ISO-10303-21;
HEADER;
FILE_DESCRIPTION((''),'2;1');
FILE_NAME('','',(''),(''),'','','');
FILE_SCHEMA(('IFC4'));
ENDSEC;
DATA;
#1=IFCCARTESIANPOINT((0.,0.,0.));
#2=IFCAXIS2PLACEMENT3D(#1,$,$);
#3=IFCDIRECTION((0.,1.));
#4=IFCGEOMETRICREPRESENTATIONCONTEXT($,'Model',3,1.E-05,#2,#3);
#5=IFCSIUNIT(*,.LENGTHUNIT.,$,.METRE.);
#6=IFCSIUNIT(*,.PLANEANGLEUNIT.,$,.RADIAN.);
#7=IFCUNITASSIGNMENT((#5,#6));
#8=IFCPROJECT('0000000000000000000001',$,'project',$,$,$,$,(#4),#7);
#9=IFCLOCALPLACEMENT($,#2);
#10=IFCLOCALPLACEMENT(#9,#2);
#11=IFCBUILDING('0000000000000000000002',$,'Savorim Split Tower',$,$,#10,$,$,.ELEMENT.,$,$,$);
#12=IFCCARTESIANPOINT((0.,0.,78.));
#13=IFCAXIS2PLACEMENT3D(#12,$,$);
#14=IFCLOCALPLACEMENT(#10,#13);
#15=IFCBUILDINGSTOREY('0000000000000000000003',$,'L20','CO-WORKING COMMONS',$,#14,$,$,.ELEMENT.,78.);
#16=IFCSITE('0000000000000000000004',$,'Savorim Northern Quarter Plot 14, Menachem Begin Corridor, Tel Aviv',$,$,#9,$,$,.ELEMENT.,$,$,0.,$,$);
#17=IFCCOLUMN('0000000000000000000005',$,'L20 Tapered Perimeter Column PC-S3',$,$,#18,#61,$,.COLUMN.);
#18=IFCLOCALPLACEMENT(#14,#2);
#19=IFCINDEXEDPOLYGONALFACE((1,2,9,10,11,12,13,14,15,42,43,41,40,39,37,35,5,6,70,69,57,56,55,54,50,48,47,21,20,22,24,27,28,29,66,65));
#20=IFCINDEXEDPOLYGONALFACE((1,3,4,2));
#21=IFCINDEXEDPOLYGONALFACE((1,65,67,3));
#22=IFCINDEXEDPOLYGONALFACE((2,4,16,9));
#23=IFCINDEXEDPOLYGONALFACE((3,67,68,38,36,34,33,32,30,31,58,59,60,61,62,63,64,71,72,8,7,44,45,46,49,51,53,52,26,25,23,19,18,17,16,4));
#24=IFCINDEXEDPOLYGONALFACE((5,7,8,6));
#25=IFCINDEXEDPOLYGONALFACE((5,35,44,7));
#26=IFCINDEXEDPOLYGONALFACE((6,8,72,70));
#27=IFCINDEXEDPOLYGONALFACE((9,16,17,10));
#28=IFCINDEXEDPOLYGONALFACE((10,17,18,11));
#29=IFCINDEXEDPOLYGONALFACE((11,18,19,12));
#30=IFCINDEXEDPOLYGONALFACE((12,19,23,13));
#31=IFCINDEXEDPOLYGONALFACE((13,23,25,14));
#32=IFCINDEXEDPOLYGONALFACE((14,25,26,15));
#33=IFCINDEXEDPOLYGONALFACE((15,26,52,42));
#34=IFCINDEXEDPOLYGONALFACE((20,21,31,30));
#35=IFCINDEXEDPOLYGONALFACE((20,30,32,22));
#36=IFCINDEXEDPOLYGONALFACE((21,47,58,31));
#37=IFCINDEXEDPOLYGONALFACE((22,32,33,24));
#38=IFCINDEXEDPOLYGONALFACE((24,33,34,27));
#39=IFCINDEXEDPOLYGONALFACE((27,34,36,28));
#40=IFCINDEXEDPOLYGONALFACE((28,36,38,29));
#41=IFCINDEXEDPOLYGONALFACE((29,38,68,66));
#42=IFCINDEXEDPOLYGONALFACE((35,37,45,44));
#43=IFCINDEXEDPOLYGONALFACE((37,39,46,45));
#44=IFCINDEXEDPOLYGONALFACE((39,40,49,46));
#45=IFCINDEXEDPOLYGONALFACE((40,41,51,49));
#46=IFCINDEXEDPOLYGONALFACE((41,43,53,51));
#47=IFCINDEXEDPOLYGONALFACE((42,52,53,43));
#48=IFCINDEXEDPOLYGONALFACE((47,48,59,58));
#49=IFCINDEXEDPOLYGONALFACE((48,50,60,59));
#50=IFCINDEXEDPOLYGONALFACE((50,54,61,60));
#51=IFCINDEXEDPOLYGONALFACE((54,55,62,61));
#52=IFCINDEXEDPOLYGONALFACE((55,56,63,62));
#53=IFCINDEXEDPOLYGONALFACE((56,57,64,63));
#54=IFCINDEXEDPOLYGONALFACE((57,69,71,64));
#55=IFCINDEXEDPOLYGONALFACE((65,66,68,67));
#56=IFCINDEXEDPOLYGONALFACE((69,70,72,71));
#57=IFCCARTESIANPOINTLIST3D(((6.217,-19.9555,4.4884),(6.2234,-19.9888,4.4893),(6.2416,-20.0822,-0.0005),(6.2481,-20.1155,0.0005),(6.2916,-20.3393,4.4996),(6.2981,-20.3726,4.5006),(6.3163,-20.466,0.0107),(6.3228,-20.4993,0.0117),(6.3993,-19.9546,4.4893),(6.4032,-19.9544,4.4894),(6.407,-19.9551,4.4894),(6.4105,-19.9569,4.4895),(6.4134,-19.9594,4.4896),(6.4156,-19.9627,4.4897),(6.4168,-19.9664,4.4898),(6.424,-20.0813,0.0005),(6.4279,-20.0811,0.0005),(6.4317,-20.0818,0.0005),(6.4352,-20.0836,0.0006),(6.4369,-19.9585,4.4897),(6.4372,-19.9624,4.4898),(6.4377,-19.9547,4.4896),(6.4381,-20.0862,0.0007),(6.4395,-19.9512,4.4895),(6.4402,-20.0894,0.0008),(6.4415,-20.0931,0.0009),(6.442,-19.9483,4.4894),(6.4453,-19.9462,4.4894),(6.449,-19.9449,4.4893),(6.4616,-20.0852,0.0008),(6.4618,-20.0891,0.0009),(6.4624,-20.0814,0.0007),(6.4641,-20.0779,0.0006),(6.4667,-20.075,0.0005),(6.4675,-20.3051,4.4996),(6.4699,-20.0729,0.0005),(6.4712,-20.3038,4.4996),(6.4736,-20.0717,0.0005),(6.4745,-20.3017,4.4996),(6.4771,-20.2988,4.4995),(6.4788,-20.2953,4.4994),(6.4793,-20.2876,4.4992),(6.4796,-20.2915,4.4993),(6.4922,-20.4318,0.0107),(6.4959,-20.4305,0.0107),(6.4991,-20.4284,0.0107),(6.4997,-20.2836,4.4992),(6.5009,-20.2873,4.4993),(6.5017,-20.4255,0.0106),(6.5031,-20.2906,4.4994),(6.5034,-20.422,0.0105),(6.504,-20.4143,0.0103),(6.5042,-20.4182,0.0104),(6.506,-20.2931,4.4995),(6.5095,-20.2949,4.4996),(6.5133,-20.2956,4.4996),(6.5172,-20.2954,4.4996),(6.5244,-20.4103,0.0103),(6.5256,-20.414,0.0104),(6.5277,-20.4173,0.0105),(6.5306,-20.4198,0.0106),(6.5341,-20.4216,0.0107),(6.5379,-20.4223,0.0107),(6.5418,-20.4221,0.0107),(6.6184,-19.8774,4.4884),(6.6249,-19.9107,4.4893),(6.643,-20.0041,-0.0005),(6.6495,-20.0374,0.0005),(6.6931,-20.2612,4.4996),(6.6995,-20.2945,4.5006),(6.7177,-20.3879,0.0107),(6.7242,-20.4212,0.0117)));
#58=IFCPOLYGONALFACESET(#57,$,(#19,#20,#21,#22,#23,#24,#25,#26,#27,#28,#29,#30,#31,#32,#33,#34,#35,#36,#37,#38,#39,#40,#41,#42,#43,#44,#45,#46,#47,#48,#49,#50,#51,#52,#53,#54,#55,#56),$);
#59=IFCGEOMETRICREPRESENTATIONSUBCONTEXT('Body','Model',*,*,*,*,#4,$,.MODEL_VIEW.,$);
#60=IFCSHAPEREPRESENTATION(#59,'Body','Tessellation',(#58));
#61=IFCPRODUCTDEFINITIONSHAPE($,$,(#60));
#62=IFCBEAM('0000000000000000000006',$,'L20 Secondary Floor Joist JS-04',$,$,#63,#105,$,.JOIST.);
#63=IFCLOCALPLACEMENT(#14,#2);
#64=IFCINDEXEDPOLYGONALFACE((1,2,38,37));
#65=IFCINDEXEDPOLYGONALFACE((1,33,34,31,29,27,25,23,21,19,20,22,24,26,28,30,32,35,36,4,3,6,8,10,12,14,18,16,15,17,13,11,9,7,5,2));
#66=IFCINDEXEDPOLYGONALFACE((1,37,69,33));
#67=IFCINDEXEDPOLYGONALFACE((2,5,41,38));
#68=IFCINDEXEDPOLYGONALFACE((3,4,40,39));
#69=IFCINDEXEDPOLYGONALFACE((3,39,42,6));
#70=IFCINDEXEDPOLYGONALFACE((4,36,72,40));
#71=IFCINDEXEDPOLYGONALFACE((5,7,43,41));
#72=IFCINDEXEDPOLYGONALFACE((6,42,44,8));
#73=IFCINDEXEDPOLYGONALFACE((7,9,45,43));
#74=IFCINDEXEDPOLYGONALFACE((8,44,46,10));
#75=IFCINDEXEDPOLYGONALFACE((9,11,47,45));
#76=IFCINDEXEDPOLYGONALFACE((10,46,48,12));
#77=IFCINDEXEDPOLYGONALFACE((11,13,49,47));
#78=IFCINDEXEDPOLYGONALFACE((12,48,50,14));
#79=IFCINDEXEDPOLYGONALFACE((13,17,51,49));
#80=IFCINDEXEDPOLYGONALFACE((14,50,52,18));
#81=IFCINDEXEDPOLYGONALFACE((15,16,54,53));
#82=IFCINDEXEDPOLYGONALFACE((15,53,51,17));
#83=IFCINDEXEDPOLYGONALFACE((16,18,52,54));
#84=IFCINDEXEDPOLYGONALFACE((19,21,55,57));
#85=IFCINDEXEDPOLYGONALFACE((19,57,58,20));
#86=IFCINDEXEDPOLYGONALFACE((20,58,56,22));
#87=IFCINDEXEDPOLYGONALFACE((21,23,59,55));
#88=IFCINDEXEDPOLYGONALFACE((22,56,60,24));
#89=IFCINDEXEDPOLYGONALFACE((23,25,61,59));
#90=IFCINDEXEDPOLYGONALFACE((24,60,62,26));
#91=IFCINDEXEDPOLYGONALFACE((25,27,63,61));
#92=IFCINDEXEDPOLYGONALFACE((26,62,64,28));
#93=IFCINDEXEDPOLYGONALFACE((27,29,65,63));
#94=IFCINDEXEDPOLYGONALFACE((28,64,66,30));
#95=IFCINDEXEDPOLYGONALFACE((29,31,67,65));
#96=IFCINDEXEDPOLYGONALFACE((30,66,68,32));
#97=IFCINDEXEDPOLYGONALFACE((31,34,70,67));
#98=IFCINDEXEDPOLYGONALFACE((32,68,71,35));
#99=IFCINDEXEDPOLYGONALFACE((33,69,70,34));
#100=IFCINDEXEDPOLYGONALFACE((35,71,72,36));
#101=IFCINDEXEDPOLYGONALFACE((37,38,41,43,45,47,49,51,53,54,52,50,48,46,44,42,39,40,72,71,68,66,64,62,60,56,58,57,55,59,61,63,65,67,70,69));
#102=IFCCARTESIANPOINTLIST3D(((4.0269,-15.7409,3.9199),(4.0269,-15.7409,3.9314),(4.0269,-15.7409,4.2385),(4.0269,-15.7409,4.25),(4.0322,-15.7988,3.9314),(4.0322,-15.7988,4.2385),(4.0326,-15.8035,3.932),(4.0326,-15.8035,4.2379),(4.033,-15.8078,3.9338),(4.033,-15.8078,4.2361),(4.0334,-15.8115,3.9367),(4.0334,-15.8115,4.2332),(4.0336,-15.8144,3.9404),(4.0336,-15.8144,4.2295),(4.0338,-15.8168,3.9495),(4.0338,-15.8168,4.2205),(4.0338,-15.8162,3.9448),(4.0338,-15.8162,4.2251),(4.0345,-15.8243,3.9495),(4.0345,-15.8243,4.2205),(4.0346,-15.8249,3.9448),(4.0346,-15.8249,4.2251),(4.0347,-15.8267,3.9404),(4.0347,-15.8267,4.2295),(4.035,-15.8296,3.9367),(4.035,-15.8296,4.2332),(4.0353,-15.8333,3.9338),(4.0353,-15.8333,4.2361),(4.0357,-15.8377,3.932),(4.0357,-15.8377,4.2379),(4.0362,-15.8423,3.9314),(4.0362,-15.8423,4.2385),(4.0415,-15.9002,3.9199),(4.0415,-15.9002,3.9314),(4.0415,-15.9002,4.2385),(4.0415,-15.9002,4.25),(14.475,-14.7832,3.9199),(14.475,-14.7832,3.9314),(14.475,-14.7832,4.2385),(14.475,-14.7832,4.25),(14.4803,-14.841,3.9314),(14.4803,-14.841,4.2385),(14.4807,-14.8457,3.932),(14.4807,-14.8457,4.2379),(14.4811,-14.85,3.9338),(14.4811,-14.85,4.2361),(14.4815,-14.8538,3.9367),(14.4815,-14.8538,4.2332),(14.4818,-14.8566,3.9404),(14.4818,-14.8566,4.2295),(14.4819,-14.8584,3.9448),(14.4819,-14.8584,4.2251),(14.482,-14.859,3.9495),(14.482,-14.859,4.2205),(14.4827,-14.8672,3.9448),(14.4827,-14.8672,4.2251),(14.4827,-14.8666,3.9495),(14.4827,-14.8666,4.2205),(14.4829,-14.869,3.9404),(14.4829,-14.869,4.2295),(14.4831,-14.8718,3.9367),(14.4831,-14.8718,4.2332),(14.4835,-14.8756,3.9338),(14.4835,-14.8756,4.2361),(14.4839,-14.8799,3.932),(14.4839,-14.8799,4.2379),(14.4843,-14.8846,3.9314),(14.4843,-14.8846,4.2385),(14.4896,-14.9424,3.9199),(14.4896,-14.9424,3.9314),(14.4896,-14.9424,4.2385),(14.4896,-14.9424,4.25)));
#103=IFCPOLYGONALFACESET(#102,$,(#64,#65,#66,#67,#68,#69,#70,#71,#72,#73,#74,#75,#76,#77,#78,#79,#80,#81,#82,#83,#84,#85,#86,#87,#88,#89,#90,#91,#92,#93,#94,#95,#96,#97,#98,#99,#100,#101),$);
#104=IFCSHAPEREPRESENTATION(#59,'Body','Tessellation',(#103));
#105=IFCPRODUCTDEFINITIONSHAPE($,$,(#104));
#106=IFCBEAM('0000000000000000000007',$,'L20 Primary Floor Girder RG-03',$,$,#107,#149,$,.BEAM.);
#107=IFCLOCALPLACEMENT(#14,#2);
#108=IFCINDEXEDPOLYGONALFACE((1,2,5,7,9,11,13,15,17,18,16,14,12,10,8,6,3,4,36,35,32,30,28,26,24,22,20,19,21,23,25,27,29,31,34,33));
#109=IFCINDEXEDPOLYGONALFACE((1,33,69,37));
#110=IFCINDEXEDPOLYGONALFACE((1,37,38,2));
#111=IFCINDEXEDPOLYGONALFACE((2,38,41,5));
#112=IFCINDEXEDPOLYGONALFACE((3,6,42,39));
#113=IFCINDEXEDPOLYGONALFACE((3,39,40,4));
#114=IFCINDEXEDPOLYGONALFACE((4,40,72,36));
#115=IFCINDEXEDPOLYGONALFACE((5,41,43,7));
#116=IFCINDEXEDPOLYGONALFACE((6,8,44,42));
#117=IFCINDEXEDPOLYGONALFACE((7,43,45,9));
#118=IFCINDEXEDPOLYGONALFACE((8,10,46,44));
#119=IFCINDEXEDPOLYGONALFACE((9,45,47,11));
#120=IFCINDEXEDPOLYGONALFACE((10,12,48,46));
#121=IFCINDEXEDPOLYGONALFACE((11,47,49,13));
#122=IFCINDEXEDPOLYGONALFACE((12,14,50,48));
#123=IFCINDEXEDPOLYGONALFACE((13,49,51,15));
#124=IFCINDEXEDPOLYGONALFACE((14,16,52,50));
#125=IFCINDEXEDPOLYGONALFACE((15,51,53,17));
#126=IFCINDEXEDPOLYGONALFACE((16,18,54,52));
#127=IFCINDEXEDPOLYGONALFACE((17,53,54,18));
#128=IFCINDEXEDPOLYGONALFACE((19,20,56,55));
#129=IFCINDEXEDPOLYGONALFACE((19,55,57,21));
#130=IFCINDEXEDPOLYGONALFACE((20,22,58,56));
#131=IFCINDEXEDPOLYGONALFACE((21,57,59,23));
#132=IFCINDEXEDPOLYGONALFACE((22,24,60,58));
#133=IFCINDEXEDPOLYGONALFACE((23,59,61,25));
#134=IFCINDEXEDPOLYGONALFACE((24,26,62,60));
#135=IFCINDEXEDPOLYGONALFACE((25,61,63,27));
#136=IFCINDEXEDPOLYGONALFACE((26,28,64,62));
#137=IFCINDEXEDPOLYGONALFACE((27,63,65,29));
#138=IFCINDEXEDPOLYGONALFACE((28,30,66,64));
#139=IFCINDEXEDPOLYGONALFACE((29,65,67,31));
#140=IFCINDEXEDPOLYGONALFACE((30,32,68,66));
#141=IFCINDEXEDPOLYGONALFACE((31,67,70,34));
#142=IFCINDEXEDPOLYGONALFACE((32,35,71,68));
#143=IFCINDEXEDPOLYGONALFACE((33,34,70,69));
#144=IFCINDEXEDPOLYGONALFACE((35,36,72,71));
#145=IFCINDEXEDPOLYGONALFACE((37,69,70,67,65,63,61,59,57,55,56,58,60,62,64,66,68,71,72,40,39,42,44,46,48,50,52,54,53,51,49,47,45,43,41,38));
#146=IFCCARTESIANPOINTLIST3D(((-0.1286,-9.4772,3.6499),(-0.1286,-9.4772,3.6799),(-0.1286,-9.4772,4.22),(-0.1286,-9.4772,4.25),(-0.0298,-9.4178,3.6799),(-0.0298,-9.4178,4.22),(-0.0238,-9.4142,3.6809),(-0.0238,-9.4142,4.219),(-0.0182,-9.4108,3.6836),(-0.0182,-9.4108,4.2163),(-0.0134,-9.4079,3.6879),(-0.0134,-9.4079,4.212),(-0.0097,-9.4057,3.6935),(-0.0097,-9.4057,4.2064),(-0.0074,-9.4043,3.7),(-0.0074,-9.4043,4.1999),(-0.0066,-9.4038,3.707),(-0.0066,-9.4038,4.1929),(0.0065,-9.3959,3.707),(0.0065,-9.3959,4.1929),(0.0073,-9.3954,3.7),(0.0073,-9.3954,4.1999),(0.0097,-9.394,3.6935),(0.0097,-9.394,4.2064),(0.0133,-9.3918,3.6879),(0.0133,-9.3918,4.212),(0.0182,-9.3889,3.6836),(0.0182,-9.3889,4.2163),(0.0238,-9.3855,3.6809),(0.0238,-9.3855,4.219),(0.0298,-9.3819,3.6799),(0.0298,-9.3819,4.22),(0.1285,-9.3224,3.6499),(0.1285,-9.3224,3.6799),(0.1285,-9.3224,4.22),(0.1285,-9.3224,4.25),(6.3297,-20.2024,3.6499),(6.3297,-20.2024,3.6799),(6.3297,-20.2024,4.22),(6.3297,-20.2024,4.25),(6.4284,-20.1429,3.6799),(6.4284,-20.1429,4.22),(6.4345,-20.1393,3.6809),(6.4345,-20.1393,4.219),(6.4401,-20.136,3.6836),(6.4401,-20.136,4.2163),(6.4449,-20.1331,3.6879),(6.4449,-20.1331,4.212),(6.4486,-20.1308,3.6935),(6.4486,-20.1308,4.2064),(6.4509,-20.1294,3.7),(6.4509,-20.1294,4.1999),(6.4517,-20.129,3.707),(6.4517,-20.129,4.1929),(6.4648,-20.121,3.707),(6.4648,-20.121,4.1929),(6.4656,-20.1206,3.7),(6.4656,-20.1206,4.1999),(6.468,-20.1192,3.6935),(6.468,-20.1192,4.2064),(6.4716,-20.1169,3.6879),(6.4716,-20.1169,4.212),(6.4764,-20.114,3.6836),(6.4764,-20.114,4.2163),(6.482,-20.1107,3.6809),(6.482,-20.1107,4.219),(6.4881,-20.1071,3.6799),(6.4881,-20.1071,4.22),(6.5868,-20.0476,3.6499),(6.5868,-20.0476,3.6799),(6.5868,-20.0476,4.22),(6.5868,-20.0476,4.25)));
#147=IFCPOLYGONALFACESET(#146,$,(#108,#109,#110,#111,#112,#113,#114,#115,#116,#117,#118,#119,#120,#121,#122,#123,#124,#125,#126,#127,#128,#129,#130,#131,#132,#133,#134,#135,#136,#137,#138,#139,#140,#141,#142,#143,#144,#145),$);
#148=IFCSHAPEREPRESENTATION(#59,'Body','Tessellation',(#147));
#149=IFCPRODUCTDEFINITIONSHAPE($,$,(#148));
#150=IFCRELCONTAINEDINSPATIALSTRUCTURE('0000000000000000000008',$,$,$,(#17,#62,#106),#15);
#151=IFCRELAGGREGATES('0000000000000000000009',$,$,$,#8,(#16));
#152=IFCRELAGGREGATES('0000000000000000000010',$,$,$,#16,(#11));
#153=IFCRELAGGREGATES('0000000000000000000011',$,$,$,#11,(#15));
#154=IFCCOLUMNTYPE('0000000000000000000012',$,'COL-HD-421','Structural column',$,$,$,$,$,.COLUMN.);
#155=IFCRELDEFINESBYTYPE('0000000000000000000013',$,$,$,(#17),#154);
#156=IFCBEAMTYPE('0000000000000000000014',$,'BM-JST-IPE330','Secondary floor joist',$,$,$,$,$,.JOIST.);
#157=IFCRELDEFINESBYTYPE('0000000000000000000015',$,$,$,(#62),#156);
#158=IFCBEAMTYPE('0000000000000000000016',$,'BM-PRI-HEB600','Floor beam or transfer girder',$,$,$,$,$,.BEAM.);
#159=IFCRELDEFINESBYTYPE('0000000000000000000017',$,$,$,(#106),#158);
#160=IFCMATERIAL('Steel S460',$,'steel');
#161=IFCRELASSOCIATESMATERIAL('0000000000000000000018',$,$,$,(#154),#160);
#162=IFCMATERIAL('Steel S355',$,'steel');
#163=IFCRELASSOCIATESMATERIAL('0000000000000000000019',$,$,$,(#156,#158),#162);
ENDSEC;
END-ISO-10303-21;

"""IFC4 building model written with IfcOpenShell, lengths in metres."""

from ifc_helpers import new_model, si_unit, direction, frame, origin, origin_2d, place, context, subcontext, project, spatial, i_section, extrude, material, material_profile, profile_set, type_object, element, save


model = new_model("IFC4")

# Units and contexts
model_context = context("Model", 3, precision=1e-05, world=origin(), true_north=direction((0.0, 1.0)))
body_context = subcontext(model_context, "Body", "Model", "MODEL_VIEW")
ifc_project = project(units=[si_unit("LENGTHUNIT", "METRE"), si_unit("PLANEANGLEUNIT", "RADIAN")], contexts=[model_context])

# Site, building, storey
site_placement = place(None, origin())
site = spatial("IfcSite", under=ifc_project, at=site_placement, Name="Savorim Northern Quarter Plot 14, Menachem Begin Corridor, Tel Aviv", CompositionType="ELEMENT", RefElevation=0.0)
building_placement = place(site_placement, origin())
building = spatial("IfcBuilding", under=site, at=building_placement, Name="Savorim Split Tower", CompositionType="ELEMENT")
storey_placement = place(building_placement, frame((0.0, 0.0, 78.0)))
storey = spatial("IfcBuildingStorey", under=building, at=storey_placement, Name="L20", Description="CO-WORKING COMMONS", CompositionType="ELEMENT", Elevation=78.0)

# Column
ifc_material_1 = material(Name="Steel S460", Category="steel")
ifc_material_profile_1 = material_profile(ifc_material_1, i_section(OverallWidth=0.4089, OverallDepth=0.425, WebThickness=0.0208, FlangeThickness=0.0339, FilletRadius=0.0149, at=origin_2d()), Name="HD 400x421")
ifc_profile_set_1 = profile_set([ifc_material_profile_1], Name="Steel S460")
column_type = type_object("IfcColumnType", Name="COL-HD-421", Description="Structural column", PredefinedType="COLUMN", material=ifc_profile_set_1)
column_placement = place(storey_placement, frame((6.4829, -20.2517, 0.0056), z_axis=(-0.005491, 0.028216, 0.999587), x_axis=(-0.981586, -0.191022, 0.0)))
element("IfcColumn", 1, at=column_placement, inside=storey, type_object=column_type, Name="L20 Tapered Perimeter Column PC-S3", PredefinedType="COLUMN", context=body_context, shape_type="SweptSolid", body=[
    extrude(i_section(OverallWidth=0.4089, OverallDepth=0.425, WebThickness=0.0208, FlangeThickness=0.0339, FilletRadius=0.0149, at=origin_2d()), origin(), (0.0, 0.0, 1.0), 4.4907),
])

# Beams
ifc_material_2 = material(Name="Steel S355", Category="steel")
ifc_material_profile_2 = material_profile(ifc_material_2, i_section(OverallWidth=0.1599, OverallDepth=0.3301, WebThickness=0.0076, FlangeThickness=0.0115, FilletRadius=0.0181, at=origin_2d()), Name="IPE 330")
ifc_profile_set_2 = profile_set([ifc_material_profile_2], Name="Steel S355")
beam_type_1 = type_object("IfcBeamType", Name="BM-JST-IPE330", Description="Secondary floor joist", PredefinedType="JOIST", material=ifc_profile_set_2)
beam_1_placement = place(storey_placement, frame((4.0342, -15.8206, 4.085), z_axis=(0.995825, 0.091285, 0.0), x_axis=(-0.091285, 0.995825, 0.0)))
element("IfcBeam", 2, at=beam_1_placement, inside=storey, type_object=beam_type_1, Name="L20 Secondary Floor Joist JS-04", PredefinedType="JOIST", context=body_context, shape_type="SweptSolid", body=[
    extrude(i_section(OverallWidth=0.1599, OverallDepth=0.3301, WebThickness=0.0076, FlangeThickness=0.0115, FilletRadius=0.0181, at=origin_2d()), origin(), (0.0, 0.0, 1.0), 10.4919),
])
ifc_material_profile_3 = material_profile(ifc_material_2, i_section(OverallWidth=0.3, OverallDepth=0.6001, WebThickness=0.0154, FlangeThickness=0.03, FilletRadius=0.0271, at=origin_2d()), Name="HEB 600")
ifc_profile_set_3 = profile_set([ifc_material_profile_3], Name="Steel S355")
beam_type_2 = type_object("IfcBeamType", Name="BM-PRI-HEB600", Description="Floor beam or transfer girder", PredefinedType="BEAM", material=ifc_profile_set_3)
beam_2_placement = place(storey_placement, frame((6.4583, -20.125, 3.95), z_axis=(-0.515857, 0.856675, 0.0), x_axis=(-0.856675, -0.515857, 0.0)))
element("IfcBeam", 3, at=beam_2_placement, inside=storey, type_object=beam_type_2, Name="L20 Primary Floor Girder RG-03", PredefinedType="BEAM", context=body_context, shape_type="SweptSolid", body=[
    extrude(i_section(OverallWidth=0.3, OverallDepth=0.6001, WebThickness=0.0154, FlangeThickness=0.03, FilletRadius=0.0271, at=origin_2d()), origin(), (0.0, 0.0, 1.0), 12.5195),
])

save(model, "model.ifc")
